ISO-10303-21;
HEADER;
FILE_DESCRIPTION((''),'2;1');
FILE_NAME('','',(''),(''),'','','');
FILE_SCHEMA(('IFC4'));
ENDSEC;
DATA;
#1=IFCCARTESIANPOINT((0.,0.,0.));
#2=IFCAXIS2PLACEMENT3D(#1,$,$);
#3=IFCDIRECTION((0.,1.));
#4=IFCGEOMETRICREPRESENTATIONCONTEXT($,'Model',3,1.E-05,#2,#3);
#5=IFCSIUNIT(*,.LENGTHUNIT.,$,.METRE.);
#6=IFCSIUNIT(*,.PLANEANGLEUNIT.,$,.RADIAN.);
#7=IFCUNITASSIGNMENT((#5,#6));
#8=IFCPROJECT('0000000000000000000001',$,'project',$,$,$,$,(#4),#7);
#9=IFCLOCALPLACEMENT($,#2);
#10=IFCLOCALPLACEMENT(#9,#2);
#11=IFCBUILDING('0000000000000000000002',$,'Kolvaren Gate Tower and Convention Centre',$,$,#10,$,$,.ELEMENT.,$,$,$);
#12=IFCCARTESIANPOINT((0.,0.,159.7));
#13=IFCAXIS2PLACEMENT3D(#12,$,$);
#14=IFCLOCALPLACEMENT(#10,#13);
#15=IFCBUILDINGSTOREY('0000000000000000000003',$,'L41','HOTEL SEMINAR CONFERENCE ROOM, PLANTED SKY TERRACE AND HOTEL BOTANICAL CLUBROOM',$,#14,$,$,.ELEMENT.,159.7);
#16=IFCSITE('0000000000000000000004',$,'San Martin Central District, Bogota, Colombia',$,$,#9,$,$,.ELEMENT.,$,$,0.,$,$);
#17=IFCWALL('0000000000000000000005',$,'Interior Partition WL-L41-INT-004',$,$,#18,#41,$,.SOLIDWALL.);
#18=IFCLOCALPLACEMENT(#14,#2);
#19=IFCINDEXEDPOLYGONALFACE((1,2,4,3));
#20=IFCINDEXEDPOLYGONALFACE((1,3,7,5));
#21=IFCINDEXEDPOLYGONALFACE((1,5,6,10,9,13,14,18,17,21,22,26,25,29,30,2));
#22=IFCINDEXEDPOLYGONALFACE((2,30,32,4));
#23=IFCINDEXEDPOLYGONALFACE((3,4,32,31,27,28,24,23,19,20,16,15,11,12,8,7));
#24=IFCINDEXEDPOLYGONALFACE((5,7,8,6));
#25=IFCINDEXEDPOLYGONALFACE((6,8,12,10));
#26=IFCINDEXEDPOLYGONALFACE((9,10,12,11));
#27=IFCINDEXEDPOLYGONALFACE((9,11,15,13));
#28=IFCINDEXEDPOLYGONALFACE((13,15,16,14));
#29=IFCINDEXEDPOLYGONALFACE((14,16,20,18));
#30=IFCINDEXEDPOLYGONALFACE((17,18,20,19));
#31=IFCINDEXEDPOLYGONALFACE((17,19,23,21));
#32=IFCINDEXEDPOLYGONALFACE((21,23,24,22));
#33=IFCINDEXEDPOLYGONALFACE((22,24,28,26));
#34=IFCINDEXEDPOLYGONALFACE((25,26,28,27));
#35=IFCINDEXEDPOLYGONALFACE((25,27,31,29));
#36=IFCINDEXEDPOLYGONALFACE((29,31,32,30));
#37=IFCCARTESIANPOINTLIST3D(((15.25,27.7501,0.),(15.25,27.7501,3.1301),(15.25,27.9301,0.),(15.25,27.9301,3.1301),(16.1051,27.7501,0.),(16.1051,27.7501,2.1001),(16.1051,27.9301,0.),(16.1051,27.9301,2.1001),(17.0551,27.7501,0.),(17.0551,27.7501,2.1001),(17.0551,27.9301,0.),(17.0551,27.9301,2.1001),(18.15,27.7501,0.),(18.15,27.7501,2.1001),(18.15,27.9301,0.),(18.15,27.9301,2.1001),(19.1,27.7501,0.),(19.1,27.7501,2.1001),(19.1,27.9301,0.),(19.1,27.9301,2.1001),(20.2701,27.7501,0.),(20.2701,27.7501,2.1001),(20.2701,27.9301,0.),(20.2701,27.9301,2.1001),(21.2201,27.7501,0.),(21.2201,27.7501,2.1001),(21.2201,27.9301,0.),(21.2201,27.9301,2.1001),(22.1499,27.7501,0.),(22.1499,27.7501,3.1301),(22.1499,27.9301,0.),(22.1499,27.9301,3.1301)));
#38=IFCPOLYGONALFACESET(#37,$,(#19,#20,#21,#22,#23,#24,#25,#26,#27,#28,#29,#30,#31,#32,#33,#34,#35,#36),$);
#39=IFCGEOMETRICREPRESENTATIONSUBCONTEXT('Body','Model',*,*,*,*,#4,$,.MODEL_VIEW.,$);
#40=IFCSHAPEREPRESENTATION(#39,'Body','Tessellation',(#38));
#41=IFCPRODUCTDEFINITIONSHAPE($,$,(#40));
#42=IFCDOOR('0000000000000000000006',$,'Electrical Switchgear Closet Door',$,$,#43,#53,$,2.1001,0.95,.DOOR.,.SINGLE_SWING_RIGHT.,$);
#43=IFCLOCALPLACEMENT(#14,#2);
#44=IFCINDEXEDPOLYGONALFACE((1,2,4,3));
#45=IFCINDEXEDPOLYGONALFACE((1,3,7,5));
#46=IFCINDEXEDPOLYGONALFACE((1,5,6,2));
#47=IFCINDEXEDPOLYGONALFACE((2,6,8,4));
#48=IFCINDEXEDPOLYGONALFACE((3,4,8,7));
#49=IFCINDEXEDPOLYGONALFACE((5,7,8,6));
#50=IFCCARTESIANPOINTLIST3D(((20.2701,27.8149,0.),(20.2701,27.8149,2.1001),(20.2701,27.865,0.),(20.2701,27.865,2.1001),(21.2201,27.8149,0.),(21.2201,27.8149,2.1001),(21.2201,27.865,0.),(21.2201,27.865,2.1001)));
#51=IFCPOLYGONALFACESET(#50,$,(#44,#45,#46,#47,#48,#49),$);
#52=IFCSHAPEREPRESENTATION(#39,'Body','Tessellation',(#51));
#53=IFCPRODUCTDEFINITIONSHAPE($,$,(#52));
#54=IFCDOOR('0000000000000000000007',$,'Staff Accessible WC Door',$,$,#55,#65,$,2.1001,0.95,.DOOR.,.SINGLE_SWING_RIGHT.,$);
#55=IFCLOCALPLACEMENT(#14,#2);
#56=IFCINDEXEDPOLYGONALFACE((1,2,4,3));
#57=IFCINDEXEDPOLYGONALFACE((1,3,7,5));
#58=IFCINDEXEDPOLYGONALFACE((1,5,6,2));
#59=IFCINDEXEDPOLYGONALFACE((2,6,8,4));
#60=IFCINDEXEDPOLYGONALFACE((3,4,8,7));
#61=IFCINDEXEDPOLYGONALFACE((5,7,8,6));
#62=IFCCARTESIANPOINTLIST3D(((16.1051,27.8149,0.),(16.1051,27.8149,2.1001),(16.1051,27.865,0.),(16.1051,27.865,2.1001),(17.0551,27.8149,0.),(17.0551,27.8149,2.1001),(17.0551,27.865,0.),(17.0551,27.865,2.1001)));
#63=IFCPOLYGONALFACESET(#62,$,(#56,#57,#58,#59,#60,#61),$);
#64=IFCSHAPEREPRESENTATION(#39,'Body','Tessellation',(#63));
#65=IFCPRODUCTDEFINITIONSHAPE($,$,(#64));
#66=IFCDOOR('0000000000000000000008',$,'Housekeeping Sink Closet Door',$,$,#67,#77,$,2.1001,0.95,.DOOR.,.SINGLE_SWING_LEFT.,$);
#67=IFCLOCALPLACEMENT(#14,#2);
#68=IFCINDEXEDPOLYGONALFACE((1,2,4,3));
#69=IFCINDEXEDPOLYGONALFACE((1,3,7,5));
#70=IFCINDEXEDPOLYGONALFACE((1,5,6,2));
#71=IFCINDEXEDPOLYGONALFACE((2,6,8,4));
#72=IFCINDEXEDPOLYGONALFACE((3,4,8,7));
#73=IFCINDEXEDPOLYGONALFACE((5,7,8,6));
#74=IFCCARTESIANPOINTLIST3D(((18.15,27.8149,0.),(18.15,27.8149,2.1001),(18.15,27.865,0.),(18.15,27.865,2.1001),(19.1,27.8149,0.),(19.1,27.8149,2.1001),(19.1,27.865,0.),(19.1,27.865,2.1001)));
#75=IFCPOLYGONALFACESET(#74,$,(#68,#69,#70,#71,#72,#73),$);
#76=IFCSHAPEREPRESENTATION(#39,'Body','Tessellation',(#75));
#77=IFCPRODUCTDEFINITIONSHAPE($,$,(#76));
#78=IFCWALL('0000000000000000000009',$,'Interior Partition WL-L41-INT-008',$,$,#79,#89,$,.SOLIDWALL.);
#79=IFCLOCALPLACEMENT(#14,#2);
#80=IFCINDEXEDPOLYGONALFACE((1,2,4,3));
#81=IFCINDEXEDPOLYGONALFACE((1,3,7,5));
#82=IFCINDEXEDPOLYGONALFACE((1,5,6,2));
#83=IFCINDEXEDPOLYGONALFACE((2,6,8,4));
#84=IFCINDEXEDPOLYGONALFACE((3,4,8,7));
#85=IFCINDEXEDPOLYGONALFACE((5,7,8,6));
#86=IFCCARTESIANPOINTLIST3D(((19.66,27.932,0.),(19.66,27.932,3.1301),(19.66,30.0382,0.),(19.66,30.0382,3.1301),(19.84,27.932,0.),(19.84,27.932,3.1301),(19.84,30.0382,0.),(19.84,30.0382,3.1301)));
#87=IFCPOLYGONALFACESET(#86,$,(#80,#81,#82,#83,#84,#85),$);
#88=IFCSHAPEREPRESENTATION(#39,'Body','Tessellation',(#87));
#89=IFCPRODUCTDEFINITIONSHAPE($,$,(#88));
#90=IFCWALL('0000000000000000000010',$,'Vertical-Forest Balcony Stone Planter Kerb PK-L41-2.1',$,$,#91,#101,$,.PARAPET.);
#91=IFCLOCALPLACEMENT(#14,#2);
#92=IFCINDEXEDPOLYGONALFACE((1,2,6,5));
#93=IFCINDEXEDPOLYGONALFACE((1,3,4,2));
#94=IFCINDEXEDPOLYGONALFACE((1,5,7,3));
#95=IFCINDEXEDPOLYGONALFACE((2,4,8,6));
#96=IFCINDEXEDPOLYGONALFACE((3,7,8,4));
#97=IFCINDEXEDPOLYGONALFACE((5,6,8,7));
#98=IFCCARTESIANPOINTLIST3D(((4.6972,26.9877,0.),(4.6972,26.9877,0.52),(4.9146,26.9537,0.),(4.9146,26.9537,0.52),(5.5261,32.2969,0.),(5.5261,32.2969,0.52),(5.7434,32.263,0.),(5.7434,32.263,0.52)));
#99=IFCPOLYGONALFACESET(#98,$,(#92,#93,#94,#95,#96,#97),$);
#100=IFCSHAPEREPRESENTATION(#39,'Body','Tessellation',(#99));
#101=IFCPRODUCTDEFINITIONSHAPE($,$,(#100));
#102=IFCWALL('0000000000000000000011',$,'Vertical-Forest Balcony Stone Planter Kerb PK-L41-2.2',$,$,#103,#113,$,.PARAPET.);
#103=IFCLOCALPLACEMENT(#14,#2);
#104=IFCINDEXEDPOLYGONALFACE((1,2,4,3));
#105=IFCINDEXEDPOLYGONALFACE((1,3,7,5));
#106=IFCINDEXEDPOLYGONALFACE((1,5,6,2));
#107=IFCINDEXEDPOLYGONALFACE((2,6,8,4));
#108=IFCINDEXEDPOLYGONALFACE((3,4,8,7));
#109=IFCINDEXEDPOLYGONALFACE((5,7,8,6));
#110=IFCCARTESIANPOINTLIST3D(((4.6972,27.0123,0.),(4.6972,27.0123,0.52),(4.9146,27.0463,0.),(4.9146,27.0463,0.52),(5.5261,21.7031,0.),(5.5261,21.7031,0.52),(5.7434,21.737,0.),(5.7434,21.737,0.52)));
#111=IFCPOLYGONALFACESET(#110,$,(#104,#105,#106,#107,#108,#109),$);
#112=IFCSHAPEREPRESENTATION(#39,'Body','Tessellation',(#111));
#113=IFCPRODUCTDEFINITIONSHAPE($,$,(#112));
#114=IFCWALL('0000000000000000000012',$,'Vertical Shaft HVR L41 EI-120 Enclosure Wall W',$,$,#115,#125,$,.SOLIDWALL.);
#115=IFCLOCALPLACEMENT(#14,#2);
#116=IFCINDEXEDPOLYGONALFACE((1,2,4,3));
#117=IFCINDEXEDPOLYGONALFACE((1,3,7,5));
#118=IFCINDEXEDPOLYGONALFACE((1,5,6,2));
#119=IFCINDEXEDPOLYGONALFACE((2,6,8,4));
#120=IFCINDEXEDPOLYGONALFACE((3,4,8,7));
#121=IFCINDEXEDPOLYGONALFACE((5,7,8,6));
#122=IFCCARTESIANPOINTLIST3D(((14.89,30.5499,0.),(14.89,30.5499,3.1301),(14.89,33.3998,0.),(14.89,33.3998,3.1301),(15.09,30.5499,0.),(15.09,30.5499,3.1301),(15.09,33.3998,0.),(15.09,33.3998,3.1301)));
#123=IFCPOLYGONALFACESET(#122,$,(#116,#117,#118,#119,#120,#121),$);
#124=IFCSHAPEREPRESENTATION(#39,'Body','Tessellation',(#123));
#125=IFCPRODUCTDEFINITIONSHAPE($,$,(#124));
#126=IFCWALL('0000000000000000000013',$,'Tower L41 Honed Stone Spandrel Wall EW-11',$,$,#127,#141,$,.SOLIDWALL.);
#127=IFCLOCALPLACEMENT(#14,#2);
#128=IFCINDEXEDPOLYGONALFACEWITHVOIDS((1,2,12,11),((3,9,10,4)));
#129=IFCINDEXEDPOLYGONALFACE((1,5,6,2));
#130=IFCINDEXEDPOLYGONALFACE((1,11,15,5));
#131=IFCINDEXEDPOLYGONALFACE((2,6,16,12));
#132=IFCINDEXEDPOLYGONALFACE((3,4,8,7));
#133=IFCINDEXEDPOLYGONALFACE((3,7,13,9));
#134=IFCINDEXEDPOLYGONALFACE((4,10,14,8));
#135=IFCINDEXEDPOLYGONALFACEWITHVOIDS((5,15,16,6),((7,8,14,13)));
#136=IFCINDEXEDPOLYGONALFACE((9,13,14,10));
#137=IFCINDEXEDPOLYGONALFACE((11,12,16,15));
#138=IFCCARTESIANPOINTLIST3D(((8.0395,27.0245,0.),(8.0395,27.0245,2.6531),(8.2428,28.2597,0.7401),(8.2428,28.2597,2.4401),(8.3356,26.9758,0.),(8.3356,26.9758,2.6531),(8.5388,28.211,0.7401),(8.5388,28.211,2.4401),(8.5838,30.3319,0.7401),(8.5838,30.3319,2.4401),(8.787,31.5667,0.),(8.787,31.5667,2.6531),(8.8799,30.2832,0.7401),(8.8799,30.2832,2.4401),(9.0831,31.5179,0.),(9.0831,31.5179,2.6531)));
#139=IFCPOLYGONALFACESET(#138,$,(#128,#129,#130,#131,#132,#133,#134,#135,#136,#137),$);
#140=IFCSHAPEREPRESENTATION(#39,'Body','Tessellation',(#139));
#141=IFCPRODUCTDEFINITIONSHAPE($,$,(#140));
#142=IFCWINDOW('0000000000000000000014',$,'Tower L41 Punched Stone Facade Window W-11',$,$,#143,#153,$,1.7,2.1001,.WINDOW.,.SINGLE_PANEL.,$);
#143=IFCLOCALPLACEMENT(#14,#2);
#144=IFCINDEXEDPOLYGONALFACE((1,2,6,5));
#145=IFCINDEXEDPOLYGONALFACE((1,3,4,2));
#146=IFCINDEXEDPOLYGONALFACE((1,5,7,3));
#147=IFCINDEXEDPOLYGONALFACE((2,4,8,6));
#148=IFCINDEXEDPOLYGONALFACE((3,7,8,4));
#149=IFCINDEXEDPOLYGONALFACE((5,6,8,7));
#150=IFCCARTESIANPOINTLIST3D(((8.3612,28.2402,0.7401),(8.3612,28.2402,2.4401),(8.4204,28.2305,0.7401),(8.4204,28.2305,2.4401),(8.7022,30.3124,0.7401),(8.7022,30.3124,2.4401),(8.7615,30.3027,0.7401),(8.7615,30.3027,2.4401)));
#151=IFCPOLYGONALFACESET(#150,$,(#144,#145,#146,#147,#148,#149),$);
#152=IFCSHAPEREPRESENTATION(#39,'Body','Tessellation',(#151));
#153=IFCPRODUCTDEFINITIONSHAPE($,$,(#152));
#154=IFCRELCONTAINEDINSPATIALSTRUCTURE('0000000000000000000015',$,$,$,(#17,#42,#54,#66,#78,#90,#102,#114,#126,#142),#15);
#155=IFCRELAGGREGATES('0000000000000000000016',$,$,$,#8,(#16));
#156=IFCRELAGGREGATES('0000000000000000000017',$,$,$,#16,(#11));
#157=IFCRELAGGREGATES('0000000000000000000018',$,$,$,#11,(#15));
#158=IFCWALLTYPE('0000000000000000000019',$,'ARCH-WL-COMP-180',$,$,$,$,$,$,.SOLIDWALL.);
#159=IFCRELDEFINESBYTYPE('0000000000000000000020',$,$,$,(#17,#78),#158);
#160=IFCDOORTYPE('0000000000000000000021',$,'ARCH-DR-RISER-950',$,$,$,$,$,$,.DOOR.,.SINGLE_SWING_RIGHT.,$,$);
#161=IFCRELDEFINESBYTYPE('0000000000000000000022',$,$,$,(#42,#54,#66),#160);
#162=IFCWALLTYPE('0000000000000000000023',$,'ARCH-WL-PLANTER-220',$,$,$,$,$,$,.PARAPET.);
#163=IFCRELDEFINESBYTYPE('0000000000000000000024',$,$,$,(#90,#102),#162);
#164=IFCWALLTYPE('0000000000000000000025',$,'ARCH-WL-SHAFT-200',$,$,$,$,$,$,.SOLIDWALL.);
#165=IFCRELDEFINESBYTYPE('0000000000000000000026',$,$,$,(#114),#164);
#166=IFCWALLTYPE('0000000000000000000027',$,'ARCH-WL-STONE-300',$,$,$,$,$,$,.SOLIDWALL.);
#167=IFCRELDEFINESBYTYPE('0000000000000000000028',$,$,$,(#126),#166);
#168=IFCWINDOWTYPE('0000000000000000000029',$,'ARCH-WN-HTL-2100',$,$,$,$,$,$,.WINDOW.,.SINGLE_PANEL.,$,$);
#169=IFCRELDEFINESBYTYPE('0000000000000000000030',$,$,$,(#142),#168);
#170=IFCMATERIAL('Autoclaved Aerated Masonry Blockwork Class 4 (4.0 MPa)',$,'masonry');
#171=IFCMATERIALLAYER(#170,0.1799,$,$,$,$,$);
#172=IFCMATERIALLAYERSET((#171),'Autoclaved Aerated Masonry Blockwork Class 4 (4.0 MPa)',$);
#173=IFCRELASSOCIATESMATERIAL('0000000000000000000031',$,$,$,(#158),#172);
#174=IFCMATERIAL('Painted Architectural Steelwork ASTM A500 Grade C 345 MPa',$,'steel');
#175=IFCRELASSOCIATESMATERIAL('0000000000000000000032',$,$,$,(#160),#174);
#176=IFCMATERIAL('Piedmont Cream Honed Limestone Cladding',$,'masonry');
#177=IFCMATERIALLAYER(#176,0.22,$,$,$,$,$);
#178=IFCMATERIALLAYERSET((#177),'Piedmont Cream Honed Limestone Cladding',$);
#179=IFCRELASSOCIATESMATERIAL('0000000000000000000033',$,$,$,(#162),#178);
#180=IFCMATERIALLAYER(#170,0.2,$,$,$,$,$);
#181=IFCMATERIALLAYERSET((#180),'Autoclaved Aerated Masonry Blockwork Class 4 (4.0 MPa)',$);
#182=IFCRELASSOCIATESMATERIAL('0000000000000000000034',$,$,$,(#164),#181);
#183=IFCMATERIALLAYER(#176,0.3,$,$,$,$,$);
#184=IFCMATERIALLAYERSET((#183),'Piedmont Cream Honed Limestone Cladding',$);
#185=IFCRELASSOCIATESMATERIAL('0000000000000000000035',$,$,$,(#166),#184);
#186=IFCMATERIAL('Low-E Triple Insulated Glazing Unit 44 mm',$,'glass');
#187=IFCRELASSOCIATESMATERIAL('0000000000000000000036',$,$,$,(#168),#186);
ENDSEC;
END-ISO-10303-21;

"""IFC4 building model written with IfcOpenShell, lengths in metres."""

from ifc_helpers import new_model, si_unit, direction, frame, frame_2d, origin, place, context, subcontext, project, spatial, rectangle, extrude, material, layer, layer_set, type_object, element, fill, save


model = new_model("IFC4")

# Units and contexts
model_context = context("Model", 3, precision=1e-05, world=origin(), true_north=direction((0.0, 1.0)))
body_context = subcontext(model_context, "Body", "Model", "MODEL_VIEW")
ifc_project = project(units=[si_unit("LENGTHUNIT", "METRE"), si_unit("PLANEANGLEUNIT", "RADIAN")], contexts=[model_context])

# Site, building, storey
site_placement = place(None, origin())
site = spatial("IfcSite", under=ifc_project, at=site_placement, Name="San Martin Central District, Bogota, Colombia", CompositionType="ELEMENT", RefElevation=0.0)
building_placement = place(site_placement, origin())
building = spatial("IfcBuilding", under=site, at=building_placement, Name="Kolvaren Gate Tower and Convention Centre", CompositionType="ELEMENT")
storey_placement = place(building_placement, frame((0.0, 0.0, 159.7)))
storey = spatial("IfcBuildingStorey", under=building, at=storey_placement, Name="L41", Description="HOTEL SEMINAR CONFERENCE ROOM, PLANTED SKY TERRACE AND HOTEL BOTANICAL CLUBROOM", CompositionType="ELEMENT", Elevation=159.7)

# Wall, openings, doors
ifc_material_1 = material(Name="Autoclaved Aerated Masonry Blockwork Class 4 (4.0 MPa)", Category="masonry")
ifc_layer_1 = layer(ifc_material_1, 0.1799)
ifc_layer_set_1 = layer_set([ifc_layer_1], Name="Autoclaved Aerated Masonry Blockwork Class 4 (4.0 MPa)")
wall_type_1 = type_object("IfcWallType", Name="ARCH-WL-COMP-180", PredefinedType="SOLIDWALL", material=ifc_layer_set_1)
wall_1_placement = place(storey_placement, frame((15.25, 27.8401, 0.0), z_axis=(0.0, 0.0, 1.0), x_axis=(1.0, 0.0, 0.0)))
wall_1 = element("IfcWall", 1, at=wall_1_placement, inside=storey, type_object=wall_type_1, Name="Interior Partition WL-L41-INT-004", PredefinedType="SOLIDWALL", context=body_context, shape_type="SweptSolid", body=[
    extrude(rectangle(XDim=6.8999, YDim=0.1799, at=frame_2d((3.45, 0.0))), origin(), (0.0, 0.0, 1.0), 3.1301),
])
opening_1_placement = place(wall_1_placement, frame((5.02, 0.0, 0.0)))
opening_1 = element("IfcOpeningElement", 2, at=opening_1_placement, cuts=wall_1, PredefinedType="OPENING", context=body_context, shape_type="SweptSolid", body=[
    extrude(rectangle(XDim=0.95, YDim=2.1001, at=frame_2d((0.4751, 1.05))), frame((0.0, 0.0999, 0.0), z_axis=(0.0, -1.0, 0.0), x_axis=(1.0, 0.0, 0.0)), (0.0, 0.0, 1.0), 0.2),
])
opening_2_placement = place(wall_1_placement, frame((0.855, 0.0, 0.0)))
opening_2 = element("IfcOpeningElement", 3, at=opening_2_placement, cuts=wall_1, PredefinedType="OPENING", context=body_context, shape_type="SweptSolid", body=[
    extrude(rectangle(XDim=0.95, YDim=2.1001, at=frame_2d((0.4751, 1.05))), frame((0.0, 0.0999, 0.0), z_axis=(0.0, -1.0, 0.0), x_axis=(1.0, 0.0, 0.0)), (0.0, 0.0, 1.0), 0.2),
])
opening_3_placement = place(wall_1_placement, frame((2.8999, 0.0, 0.0)))
opening_3 = element("IfcOpeningElement", 4, at=opening_3_placement, cuts=wall_1, PredefinedType="OPENING", context=body_context, shape_type="SweptSolid", body=[
    extrude(rectangle(XDim=0.95, YDim=2.1001, at=frame_2d((0.4751, 1.05))), frame((0.0, 0.0999, 0.0), z_axis=(0.0, -1.0, 0.0), x_axis=(1.0, 0.0, 0.0)), (0.0, 0.0, 1.0), 0.2),
])
ifc_material_2 = material(Name="Painted Architectural Steelwork ASTM A500 Grade C 345 MPa", Category="steel")
door_type_1 = type_object("IfcDoorType", Name="ARCH-DR-RISER-950", OperationType="SINGLE_SWING_RIGHT", PredefinedType="DOOR", material=ifc_material_2)
door_1_placement = place(opening_1_placement, origin())
door_1 = element("IfcDoor", 5, at=door_1_placement, inside=storey, type_object=door_type_1, Name="Electrical Switchgear Closet Door", OperationType="SINGLE_SWING_RIGHT", OverallHeight=2.1001, OverallWidth=0.95, PredefinedType="DOOR", context=body_context, shape_type="SweptSolid", body=[
    extrude(rectangle(XDim=0.95, YDim=2.1001, at=frame_2d((0.4751, 1.05))), frame((0.0, 0.0249, 0.0), z_axis=(0.0, -1.0, 0.0), x_axis=(1.0, 0.0, 0.0)), (0.0, 0.0, 1.0), 0.05),
])
fill(opening_1, door_1)
door_2_placement = place(opening_2_placement, origin())
door_2 = element("IfcDoor", 6, at=door_2_placement, inside=storey, type_object=door_type_1, Name="Staff Accessible WC Door", OperationType="SINGLE_SWING_RIGHT", OverallHeight=2.1001, OverallWidth=0.95, PredefinedType="DOOR", context=body_context, shape_type="SweptSolid", body=[
    extrude(rectangle(XDim=0.95, YDim=2.1001, at=frame_2d((0.4751, 1.05))), frame((0.0, 0.0249, 0.0), z_axis=(0.0, -1.0, 0.0), x_axis=(1.0, 0.0, 0.0)), (0.0, 0.0, 1.0), 0.05),
])
fill(opening_2, door_2)
door_3_placement = place(opening_3_placement, origin())
door_3 = element("IfcDoor", 7, at=door_3_placement, inside=storey, type_object=door_type_1, Name="Housekeeping Sink Closet Door", OperationType="SINGLE_SWING_LEFT", OverallHeight=2.1001, OverallWidth=0.95, PredefinedType="DOOR", context=body_context, shape_type="SweptSolid", body=[
    extrude(rectangle(XDim=0.95, YDim=2.1001, at=frame_2d((0.4751, 1.05))), frame((0.0, 0.0249, 0.0), z_axis=(0.0, -1.0, 0.0), x_axis=(1.0, 0.0, 0.0)), (0.0, 0.0, 1.0), 0.05),
])
fill(opening_3, door_3)

# Walls
wall_2_placement = place(storey_placement, frame((19.75, 27.9319, 0.0), z_axis=(0.0, 0.0, 1.0), x_axis=(0.0, 1.0, 0.0)))
element("IfcWall", 8, at=wall_2_placement, inside=storey, type_object=wall_type_1, Name="Interior Partition WL-L41-INT-008", PredefinedType="SOLIDWALL", context=body_context, shape_type="SweptSolid", body=[
    extrude(rectangle(XDim=2.1062, YDim=0.1799, at=frame_2d((1.0532, 0.0))), origin(), (0.0, 0.0, 1.0), 3.1301),
])
ifc_material_3 = material(Name="Piedmont Cream Honed Limestone Cladding", Category="masonry")
ifc_layer_2 = layer(ifc_material_3, 0.22)
ifc_layer_set_2 = layer_set([ifc_layer_2], Name="Piedmont Cream Honed Limestone Cladding")
wall_type_2 = type_object("IfcWallType", Name="ARCH-WL-PLANTER-220", PredefinedType="PARAPET", material=ifc_layer_set_2)
for number, where, z_axis, x_axis, name in (
    (9, (4.8059, 26.9707, 0.0), (0.0, 0.0, 1.0), (0.154245, 0.988033, 0.0), "Vertical-Forest Balcony Stone Planter Kerb PK-L41-2.1"),
    (10, (4.8059, 27.0293, 0.0), (0.0, 0.0, 1.0), (0.154245, -0.988033, 0.0), "Vertical-Forest Balcony Stone Planter Kerb PK-L41-2.2"),
):
    element("IfcWall", number, at=place(storey_placement, frame(where, z_axis=z_axis, x_axis=x_axis)), inside=storey, type_object=wall_type_2, Name=name, PredefinedType="PARAPET", context=body_context, shape_type="SweptSolid", body=[
        extrude(rectangle(XDim=5.3735, YDim=0.22, at=frame_2d((2.6868, 0.0))), origin(), (0.0, 0.0, 1.0), 0.52),
    ])
ifc_layer_3 = layer(ifc_material_1, 0.2)
ifc_layer_set_3 = layer_set([ifc_layer_3], Name="Autoclaved Aerated Masonry Blockwork Class 4 (4.0 MPa)")
wall_type_3 = type_object("IfcWallType", Name="ARCH-WL-SHAFT-200", PredefinedType="SOLIDWALL", material=ifc_layer_set_3)
wall_3_placement = place(storey_placement, frame((14.99, 30.55, 0.0), z_axis=(0.0, 0.0, 1.0), x_axis=(0.0, 1.0, 0.0)))
element("IfcWall", 11, at=wall_3_placement, inside=storey, type_object=wall_type_3, Name="Vertical Shaft HVR L41 EI-120 Enclosure Wall W", PredefinedType="SOLIDWALL", context=body_context, shape_type="SweptSolid", body=[
    extrude(rectangle(XDim=2.8499, YDim=0.2, at=frame_2d((1.4248, 0.0))), origin(), (0.0, 0.0, 1.0), 3.1301),
])

# Wall, opening, window
ifc_layer_4 = layer(ifc_material_3, 0.3)
ifc_layer_set_4 = layer_set([ifc_layer_4], Name="Piedmont Cream Honed Limestone Cladding")
wall_type_4 = type_object("IfcWallType", Name="ARCH-WL-STONE-300", PredefinedType="SOLIDWALL", material=ifc_layer_set_4)
wall_4_placement = place(storey_placement, frame((8.1875, 27.0, 0.0), z_axis=(0.0, 0.0, 1.0), x_axis=(0.162395, 0.986726, 0.0)))
wall_4 = element("IfcWall", 12, at=wall_4_placement, inside=storey, type_object=wall_type_4, Name="Tower L41 Honed Stone Spandrel Wall EW-11", PredefinedType="SOLIDWALL", context=body_context, shape_type="SweptSolid", body=[
    extrude(rectangle(XDim=4.6033, YDim=0.3, at=frame_2d((2.3018, 0.0))), origin(), (0.0, 0.0, 1.0), 2.6531),
])
opening_4_placement = place(wall_4_placement, frame((1.252, 0.0, 0.74)))
opening_4 = element("IfcOpeningElement", 13, at=opening_4_placement, cuts=wall_4, PredefinedType="OPENING", context=body_context, shape_type="SweptSolid", body=[
    extrude(rectangle(XDim=2.1001, YDim=1.7, at=frame_2d((1.05, 0.8501))), frame((0.0, 0.1599, 0.0), z_axis=(0.0, -1.0, 0.0), x_axis=(1.0, 0.0, 0.0)), (0.0, 0.0, 1.0), 0.3201),
])
ifc_material_4 = material(Name="Low-E Triple Insulated Glazing Unit 44 mm", Category="glass")
window_type = type_object("IfcWindowType", Name="ARCH-WN-HTL-2100", PartitioningType="SINGLE_PANEL", PredefinedType="WINDOW", material=ifc_material_4)
window_placement = place(opening_4_placement, origin())
window = element("IfcWindow", 14, at=window_placement, inside=storey, type_object=window_type, Name="Tower L41 Punched Stone Facade Window W-11", OverallHeight=1.7, OverallWidth=2.1001, PartitioningType="SINGLE_PANEL", PredefinedType="WINDOW", context=body_context, shape_type="SweptSolid", body=[
    extrude(rectangle(XDim=2.1001, YDim=1.7, at=frame_2d((1.05, 0.8501))), frame((0.0, 0.03, 0.0), z_axis=(0.0, -1.0, 0.0), x_axis=(1.0, 0.0, 0.0)), (0.0, 0.0, 1.0), 0.0601),
])
fill(opening_4, window)

save(model, "model.ifc")
